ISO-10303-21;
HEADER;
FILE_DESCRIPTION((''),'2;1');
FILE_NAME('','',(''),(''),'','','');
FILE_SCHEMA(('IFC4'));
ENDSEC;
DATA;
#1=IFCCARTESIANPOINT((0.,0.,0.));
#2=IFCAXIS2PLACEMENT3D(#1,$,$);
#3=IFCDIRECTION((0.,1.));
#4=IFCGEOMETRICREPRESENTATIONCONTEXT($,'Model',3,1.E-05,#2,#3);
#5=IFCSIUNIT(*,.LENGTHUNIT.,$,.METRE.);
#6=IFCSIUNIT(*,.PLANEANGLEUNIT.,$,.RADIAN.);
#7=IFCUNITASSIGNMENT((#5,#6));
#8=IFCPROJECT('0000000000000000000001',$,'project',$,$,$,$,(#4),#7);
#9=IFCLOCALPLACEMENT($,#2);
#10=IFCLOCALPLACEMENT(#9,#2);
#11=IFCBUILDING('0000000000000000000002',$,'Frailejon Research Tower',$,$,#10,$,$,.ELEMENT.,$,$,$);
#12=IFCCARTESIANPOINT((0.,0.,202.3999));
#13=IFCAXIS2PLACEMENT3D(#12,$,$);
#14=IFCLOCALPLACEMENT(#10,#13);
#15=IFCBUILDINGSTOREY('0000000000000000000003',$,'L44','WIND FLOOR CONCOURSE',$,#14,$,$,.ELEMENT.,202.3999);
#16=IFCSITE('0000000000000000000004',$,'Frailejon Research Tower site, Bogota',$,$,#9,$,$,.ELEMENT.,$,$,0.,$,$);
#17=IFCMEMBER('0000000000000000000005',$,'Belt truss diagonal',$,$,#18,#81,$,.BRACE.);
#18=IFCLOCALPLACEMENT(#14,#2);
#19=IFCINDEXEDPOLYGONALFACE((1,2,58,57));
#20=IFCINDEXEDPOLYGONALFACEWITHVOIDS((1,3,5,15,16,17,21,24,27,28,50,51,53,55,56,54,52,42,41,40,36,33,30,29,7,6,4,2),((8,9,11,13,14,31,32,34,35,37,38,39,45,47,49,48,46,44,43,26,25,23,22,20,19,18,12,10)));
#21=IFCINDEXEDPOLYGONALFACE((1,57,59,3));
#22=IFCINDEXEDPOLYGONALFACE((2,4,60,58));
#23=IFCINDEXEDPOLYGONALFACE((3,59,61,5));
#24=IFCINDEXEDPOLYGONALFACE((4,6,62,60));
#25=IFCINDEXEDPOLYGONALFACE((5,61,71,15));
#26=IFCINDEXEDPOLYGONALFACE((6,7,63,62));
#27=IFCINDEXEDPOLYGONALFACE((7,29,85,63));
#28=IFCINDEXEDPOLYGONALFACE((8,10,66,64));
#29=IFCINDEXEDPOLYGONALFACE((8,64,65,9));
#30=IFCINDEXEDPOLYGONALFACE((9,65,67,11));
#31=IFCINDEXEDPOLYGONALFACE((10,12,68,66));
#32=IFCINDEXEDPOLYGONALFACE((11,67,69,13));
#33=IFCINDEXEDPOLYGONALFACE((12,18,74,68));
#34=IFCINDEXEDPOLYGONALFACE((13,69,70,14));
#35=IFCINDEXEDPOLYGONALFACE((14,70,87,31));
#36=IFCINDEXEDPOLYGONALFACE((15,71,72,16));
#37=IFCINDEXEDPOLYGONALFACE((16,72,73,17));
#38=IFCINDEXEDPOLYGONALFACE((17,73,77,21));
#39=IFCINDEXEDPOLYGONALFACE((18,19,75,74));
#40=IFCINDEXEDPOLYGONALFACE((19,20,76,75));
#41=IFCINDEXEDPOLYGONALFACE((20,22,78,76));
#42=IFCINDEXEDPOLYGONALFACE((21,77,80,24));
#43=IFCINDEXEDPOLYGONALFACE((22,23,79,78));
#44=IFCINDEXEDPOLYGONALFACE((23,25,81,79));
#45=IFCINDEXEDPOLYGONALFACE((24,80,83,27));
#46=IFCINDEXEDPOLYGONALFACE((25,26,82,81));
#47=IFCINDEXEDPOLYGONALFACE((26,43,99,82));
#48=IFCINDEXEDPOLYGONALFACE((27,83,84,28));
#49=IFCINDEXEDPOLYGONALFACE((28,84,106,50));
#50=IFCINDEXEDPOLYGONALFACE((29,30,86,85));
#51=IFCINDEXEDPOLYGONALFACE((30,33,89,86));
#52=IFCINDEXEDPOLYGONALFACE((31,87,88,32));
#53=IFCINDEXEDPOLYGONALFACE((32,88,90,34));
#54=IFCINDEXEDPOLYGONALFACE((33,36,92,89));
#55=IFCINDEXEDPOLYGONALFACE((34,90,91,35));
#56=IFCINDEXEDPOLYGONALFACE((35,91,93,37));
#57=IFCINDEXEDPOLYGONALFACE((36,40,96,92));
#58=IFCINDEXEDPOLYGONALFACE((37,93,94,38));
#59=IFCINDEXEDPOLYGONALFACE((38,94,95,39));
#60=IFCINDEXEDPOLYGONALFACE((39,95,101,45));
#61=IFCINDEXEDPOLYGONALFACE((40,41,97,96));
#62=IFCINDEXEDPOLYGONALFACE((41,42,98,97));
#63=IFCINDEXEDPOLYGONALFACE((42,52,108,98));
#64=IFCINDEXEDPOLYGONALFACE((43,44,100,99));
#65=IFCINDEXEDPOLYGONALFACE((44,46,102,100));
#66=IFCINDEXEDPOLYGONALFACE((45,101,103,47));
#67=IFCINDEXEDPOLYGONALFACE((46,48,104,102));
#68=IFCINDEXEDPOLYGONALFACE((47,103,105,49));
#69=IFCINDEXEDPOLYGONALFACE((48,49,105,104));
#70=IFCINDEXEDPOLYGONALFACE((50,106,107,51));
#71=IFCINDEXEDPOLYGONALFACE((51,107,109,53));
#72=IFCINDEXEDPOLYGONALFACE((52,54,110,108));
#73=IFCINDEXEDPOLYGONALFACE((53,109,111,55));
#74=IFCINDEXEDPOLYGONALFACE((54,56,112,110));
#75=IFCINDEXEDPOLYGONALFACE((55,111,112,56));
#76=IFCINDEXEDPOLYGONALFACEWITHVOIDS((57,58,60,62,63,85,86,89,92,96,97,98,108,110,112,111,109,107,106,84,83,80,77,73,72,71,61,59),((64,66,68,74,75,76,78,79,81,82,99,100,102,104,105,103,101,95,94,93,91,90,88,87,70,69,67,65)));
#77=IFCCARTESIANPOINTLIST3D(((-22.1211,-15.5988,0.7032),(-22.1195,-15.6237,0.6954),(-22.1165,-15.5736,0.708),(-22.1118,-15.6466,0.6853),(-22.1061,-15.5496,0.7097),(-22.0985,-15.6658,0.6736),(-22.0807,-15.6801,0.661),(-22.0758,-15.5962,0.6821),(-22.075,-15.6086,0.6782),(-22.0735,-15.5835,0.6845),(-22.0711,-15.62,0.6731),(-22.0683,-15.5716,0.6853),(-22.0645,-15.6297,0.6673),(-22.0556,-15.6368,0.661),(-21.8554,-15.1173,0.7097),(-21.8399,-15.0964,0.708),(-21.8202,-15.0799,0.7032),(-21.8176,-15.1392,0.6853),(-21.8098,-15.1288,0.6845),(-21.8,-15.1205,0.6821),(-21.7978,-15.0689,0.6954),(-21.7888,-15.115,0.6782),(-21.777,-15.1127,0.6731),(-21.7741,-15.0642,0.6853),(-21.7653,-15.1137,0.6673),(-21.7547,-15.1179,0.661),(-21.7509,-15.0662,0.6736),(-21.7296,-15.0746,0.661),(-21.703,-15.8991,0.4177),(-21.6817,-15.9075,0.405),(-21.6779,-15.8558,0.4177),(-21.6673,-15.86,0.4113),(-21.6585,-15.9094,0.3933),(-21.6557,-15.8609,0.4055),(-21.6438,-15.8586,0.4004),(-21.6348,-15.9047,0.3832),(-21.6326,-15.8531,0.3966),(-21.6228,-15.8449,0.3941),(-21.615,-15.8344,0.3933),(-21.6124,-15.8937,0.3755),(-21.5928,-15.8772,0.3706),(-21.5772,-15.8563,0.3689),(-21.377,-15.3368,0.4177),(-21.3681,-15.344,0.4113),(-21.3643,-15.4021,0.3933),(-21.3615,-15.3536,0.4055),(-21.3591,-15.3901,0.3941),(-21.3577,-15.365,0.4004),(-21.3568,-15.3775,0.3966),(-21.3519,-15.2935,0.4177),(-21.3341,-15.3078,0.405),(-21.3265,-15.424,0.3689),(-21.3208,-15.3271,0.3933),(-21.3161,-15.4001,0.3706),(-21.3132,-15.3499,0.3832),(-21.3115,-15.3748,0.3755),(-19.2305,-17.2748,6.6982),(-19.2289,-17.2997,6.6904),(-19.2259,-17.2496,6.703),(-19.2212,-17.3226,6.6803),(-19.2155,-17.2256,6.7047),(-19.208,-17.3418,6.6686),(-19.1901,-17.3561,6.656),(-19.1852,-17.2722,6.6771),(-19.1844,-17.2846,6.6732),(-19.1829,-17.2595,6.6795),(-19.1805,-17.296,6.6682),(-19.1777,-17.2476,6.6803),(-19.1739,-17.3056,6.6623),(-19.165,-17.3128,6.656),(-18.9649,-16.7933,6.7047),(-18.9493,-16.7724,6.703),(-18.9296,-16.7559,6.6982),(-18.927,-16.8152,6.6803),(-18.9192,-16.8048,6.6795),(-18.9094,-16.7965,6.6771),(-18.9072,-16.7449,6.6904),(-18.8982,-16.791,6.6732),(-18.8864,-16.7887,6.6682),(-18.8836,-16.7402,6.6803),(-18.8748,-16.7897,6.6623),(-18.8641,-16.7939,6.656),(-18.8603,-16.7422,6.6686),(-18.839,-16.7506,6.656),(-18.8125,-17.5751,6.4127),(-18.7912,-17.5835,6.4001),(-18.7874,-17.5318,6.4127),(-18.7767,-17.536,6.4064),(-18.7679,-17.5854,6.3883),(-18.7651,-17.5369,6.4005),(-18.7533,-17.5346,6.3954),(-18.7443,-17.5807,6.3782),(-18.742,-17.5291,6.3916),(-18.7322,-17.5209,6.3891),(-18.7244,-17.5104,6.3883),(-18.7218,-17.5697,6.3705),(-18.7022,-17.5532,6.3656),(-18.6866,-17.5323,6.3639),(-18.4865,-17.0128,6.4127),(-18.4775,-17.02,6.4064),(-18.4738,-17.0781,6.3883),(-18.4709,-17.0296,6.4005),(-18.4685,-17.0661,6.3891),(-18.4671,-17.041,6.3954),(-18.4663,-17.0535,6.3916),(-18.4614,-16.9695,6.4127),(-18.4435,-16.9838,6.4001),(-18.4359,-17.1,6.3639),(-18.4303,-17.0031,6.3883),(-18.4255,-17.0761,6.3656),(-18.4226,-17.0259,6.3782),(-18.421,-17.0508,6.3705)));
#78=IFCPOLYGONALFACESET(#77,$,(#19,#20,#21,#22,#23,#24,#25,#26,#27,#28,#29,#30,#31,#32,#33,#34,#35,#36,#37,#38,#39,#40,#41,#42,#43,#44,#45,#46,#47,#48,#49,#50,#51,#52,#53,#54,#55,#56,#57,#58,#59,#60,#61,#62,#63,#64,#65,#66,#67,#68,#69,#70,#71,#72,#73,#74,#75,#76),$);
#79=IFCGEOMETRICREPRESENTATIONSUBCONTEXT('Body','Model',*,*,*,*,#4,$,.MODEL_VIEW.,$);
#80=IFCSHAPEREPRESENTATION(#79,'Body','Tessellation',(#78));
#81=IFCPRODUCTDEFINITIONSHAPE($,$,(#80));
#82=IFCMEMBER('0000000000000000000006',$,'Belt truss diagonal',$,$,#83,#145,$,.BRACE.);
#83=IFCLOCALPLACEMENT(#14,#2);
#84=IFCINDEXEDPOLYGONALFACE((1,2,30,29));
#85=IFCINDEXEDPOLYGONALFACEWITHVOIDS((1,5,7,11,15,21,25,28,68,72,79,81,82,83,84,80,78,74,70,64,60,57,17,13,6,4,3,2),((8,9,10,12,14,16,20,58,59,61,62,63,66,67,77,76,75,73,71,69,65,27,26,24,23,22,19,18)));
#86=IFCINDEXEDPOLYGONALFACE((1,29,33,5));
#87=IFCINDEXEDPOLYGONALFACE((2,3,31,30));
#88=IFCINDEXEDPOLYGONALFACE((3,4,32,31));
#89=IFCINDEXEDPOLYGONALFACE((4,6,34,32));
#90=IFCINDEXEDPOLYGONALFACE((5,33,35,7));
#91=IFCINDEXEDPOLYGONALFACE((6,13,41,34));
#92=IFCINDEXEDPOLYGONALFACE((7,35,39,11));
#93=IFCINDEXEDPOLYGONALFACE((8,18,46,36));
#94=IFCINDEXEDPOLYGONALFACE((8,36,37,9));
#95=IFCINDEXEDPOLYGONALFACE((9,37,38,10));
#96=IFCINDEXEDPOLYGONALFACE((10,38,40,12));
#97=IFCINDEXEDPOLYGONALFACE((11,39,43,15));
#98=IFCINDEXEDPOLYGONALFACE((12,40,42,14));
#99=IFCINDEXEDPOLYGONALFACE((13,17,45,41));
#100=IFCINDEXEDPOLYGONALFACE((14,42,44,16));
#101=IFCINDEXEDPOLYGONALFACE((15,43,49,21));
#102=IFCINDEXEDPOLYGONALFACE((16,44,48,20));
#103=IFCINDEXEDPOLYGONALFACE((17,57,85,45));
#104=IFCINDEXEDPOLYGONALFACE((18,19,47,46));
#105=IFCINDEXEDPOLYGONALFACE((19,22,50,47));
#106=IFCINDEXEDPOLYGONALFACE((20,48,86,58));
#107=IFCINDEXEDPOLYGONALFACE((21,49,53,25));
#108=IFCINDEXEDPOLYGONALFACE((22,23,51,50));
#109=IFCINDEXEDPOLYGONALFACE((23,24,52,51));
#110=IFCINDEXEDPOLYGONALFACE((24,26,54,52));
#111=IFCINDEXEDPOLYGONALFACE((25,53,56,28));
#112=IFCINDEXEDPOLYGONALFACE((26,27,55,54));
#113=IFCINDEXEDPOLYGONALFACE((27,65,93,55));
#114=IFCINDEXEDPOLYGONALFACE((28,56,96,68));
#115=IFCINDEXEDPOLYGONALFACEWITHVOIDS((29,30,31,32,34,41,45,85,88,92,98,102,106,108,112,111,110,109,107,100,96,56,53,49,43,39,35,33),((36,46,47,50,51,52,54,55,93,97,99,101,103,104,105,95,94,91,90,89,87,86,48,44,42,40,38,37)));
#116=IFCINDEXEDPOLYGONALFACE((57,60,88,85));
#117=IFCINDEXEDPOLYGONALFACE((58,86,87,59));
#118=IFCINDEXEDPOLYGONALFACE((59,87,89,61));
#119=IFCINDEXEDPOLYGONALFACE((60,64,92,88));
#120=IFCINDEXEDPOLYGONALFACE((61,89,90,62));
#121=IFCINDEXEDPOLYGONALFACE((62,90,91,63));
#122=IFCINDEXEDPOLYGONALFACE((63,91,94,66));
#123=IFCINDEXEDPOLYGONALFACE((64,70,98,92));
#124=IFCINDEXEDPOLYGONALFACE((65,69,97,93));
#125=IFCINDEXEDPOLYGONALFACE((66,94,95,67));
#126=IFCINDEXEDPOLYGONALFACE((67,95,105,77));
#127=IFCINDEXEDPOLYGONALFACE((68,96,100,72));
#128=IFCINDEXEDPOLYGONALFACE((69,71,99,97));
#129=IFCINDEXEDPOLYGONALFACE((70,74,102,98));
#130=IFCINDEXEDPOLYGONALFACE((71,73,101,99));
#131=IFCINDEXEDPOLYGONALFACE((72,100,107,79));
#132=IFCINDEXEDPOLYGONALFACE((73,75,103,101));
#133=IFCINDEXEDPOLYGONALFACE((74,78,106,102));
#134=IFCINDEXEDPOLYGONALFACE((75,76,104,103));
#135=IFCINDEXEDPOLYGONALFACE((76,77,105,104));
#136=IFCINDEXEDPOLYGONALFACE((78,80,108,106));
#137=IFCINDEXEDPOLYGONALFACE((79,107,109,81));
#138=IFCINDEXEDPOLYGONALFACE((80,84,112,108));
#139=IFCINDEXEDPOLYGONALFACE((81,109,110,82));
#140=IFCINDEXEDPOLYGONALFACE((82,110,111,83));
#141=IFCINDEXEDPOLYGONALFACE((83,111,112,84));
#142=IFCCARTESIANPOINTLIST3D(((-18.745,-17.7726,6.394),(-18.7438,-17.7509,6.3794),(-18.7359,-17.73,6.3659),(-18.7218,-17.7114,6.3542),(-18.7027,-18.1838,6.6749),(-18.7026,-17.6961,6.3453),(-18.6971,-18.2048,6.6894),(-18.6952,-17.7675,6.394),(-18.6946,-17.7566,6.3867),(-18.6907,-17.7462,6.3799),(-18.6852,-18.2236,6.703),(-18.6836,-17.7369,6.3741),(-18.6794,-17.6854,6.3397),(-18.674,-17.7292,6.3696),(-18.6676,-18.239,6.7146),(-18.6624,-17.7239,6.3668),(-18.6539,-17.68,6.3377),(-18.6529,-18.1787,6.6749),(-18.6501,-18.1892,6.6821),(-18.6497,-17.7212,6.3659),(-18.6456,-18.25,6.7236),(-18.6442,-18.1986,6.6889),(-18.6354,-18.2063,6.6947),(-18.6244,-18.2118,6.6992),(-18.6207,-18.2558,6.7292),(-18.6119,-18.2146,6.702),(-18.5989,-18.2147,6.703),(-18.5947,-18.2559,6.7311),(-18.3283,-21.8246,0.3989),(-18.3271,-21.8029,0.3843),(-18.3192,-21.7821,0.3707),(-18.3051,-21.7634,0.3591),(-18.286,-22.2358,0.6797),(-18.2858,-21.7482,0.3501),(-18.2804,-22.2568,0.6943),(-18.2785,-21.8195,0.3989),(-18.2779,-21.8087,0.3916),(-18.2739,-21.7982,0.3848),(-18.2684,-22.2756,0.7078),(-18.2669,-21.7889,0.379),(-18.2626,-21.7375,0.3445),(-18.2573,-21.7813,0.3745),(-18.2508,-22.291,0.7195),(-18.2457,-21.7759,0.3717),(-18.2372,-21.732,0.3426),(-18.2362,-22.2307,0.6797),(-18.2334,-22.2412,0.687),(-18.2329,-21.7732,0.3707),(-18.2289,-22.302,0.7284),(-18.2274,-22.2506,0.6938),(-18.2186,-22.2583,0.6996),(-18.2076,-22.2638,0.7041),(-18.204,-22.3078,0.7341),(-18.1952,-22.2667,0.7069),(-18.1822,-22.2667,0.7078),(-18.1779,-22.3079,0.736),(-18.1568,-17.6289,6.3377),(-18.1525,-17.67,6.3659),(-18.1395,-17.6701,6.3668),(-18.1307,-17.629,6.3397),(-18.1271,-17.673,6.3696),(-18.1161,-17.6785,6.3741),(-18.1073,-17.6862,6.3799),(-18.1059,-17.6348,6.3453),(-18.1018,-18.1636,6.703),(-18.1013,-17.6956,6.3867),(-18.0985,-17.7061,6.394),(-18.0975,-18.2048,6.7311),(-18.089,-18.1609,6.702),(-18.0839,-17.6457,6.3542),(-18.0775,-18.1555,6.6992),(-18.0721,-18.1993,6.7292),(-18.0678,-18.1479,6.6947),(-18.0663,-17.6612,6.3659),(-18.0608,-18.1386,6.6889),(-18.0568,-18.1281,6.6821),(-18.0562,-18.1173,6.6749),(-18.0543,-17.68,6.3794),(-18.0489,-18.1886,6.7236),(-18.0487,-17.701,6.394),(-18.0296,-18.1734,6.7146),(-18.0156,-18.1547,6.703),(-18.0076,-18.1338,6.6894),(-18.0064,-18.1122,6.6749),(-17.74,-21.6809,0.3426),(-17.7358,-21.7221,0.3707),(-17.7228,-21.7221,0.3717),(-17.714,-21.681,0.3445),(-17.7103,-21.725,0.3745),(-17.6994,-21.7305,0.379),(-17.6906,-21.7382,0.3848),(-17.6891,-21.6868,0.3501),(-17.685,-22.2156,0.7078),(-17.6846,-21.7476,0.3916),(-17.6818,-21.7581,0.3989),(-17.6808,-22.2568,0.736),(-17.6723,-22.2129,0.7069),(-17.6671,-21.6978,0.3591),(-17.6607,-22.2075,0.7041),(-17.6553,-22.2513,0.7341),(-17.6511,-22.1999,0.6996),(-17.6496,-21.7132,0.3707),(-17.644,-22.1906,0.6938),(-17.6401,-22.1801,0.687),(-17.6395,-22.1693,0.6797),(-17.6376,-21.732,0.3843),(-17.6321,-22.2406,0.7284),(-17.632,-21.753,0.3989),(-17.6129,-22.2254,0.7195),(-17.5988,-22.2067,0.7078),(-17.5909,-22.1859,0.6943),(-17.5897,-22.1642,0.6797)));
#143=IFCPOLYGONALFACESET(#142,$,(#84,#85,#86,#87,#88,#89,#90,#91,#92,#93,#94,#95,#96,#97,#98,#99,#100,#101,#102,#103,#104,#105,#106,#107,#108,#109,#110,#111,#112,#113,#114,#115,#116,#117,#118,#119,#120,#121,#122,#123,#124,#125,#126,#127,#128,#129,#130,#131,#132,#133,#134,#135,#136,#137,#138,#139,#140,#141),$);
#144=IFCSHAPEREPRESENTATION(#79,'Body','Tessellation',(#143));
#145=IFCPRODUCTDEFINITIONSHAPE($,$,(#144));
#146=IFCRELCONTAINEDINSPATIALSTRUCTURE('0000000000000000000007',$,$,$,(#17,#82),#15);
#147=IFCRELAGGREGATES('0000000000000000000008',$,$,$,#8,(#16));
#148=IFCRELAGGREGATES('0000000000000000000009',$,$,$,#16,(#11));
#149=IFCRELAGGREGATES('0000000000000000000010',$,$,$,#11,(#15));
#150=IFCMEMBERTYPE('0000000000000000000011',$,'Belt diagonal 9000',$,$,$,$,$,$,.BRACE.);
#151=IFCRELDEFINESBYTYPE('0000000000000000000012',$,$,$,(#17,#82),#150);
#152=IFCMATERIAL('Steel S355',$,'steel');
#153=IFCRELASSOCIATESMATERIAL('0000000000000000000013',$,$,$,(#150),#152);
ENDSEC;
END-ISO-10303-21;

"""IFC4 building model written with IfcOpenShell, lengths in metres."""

from ifc_helpers import new_model, si_unit, direction, frame, origin, origin_2d, place, context, subcontext, project, spatial, hollow_rectangle, extrude, material, material_profile, profile_set, type_object, element, save


model = new_model("IFC4")

# Units and contexts
model_context = context("Model", 3, precision=1e-05, world=origin(), true_north=direction((0.0, 1.0)))
body_context = subcontext(model_context, "Body", "Model", "MODEL_VIEW")
ifc_project = project(units=[si_unit("LENGTHUNIT", "METRE"), si_unit("PLANEANGLEUNIT", "RADIAN")], contexts=[model_context])

# Site, building, storey
site_placement = place(None, origin())
site = spatial("IfcSite", under=ifc_project, at=site_placement, Name="Frailejon Research Tower site, Bogota", CompositionType="ELEMENT", RefElevation=0.0)
building_placement = place(site_placement, origin())
building = spatial("IfcBuilding", under=site, at=building_placement, Name="Frailejon Research Tower", CompositionType="ELEMENT")
storey_placement = place(building_placement, frame((0.0, 0.0, 202.3999)))
storey = spatial("IfcBuildingStorey", under=building, at=storey_placement, Name="L44", Description="WIND FLOOR CONCOURSE", CompositionType="ELEMENT", Elevation=202.3999)

# Members
ifc_material_1 = material(Name="Steel S355", Category="steel")
ifc_material_profile_1 = material_profile(ifc_material_1, hollow_rectangle(XDim=0.7, YDim=0.7, WallThickness=0.05, InnerFilletRadius=0.05, OuterFilletRadius=0.1001, at=origin_2d()), Name="Belt diagonal 9000")
ifc_profile_set_1 = profile_set([ifc_material_profile_1], Name="Steel S355")
member_type = type_object("IfcMemberType", Name="Belt diagonal 9000", PredefinedType="BRACE", material=ifc_profile_set_1)
member_1_placement = place(storey_placement, frame((-21.7163, -15.4868, 0.5393), z_axis=(0.421165, -0.244198, 0.873491), x_axis=(0.501598, 0.865101, 0.0)))
element("IfcMember", 1, at=member_1_placement, inside=storey, type_object=member_type, Name="Belt truss diagonal", PredefinedType="BRACE", context=body_context, shape_type="SweptSolid", body=[
    extrude(hollow_rectangle(XDim=0.7, YDim=0.7, WallThickness=0.05, InnerFilletRadius=0.05, OuterFilletRadius=0.1001, at=origin_2d()), origin(), (0.0, 0.0, 1.0), 6.8633),
])
member_2_placement = place(storey_placement, frame((-18.3757, -17.9424, 6.5344), z_axis=(0.057498, -0.559049, -0.827138), x_axis=(0.994753, 0.10231, 0.0)))
element("IfcMember", 2, at=member_2_placement, inside=storey, type_object=member_type, Name="Belt truss diagonal", PredefinedType="BRACE", context=body_context, shape_type="SweptSolid", body=[
    extrude(hollow_rectangle(XDim=0.7, YDim=0.7, WallThickness=0.05, InnerFilletRadius=0.05, OuterFilletRadius=0.1001, at=origin_2d()), origin(), (0.0, 0.0, 1.0), 7.248),
])

save(model, "model.ifc")
